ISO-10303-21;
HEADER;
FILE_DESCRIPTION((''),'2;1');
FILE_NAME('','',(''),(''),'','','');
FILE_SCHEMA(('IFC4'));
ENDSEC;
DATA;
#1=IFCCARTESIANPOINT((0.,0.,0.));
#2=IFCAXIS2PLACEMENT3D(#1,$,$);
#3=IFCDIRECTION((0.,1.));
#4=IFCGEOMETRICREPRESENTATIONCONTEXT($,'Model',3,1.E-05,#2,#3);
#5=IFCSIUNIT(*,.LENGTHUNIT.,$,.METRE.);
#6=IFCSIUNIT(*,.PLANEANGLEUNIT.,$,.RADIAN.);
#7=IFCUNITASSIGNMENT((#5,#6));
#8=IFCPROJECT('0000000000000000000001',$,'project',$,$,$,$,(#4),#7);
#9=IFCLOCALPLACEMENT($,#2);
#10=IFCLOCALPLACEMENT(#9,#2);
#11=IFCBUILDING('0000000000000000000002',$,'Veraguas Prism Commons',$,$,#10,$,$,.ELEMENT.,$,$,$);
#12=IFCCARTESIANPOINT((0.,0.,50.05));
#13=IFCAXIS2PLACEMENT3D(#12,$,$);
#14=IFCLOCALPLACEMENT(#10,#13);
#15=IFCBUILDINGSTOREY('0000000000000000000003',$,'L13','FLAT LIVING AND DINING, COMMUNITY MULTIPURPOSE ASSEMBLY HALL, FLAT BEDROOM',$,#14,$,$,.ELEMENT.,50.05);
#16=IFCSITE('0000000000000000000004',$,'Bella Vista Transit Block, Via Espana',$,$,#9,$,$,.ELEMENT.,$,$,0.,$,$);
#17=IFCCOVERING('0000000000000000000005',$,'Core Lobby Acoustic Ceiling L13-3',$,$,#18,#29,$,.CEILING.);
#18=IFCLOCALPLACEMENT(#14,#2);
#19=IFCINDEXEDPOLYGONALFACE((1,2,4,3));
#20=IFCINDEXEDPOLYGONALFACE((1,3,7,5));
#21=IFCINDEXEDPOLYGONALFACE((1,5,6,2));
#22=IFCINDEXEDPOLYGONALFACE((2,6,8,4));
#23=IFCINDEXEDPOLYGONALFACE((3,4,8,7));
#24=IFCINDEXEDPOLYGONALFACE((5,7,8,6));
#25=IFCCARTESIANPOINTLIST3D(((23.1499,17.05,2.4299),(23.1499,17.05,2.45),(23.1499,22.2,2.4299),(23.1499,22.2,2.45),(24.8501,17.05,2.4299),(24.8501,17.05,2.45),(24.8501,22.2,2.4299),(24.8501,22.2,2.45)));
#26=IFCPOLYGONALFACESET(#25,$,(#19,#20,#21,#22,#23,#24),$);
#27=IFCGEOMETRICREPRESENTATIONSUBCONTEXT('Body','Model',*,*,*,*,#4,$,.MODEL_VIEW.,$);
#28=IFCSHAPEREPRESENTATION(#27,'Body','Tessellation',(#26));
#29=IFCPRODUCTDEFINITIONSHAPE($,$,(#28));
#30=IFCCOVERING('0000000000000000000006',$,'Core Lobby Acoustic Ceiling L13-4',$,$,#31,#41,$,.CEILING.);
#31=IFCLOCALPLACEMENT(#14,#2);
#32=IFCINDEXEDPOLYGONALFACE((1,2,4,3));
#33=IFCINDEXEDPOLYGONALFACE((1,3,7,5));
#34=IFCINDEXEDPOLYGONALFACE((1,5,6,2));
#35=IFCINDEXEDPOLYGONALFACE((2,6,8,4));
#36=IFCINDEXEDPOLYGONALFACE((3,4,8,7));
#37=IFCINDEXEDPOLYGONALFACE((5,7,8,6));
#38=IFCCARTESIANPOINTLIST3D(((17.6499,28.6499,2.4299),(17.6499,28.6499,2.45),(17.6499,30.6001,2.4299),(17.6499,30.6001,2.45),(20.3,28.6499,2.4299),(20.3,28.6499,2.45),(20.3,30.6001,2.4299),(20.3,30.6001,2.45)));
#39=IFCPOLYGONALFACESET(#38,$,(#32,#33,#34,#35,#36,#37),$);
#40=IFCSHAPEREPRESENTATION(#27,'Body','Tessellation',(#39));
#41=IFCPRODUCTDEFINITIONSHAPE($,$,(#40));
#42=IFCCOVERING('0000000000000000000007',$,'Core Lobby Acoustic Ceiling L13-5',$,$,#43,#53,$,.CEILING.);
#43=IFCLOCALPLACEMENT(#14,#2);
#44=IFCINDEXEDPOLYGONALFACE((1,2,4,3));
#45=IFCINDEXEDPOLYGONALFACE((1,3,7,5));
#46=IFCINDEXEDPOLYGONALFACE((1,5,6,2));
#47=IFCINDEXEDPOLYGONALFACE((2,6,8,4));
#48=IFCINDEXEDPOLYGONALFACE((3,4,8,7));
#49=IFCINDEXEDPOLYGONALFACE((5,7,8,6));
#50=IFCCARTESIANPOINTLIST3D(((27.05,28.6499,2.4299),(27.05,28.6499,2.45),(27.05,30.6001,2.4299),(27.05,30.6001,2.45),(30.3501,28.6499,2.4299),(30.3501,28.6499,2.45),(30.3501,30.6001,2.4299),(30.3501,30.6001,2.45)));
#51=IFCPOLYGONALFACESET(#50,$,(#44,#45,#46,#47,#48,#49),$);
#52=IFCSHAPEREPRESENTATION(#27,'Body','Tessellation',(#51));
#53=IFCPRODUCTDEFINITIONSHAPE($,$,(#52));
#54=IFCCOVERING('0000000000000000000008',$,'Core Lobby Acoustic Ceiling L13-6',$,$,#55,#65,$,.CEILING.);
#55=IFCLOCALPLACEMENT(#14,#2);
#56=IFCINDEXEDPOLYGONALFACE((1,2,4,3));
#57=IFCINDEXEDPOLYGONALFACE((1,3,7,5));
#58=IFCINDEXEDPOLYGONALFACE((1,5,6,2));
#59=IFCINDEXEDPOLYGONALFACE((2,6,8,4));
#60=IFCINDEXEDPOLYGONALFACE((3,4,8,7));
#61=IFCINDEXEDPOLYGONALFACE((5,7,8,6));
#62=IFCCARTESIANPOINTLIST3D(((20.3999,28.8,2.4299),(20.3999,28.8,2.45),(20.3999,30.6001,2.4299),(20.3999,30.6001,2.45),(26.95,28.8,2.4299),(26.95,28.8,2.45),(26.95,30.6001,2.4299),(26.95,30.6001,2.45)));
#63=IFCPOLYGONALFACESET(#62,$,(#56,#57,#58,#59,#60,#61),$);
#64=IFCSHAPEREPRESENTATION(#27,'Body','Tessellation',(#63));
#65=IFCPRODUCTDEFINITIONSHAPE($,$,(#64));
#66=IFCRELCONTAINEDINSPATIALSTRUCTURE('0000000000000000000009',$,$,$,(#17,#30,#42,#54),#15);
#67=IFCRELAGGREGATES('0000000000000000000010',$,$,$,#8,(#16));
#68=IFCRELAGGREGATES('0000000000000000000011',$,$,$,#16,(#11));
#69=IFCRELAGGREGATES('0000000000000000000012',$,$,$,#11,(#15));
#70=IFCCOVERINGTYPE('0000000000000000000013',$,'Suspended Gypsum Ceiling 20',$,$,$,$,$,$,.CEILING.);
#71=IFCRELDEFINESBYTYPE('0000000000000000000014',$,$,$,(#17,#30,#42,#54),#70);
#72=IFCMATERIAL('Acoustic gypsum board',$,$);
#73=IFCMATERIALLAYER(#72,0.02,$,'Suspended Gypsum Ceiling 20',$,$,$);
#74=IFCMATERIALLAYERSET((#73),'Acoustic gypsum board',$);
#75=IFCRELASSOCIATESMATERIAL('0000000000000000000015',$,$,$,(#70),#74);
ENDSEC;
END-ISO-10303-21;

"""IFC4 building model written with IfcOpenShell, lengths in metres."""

from ifc_helpers import new_model, si_unit, direction, frame, origin, place, context, subcontext, project, spatial, polyline, outline, extrude, material, layer, layer_set, type_object, element, save


model = new_model("IFC4")

# Units and contexts
model_context = context("Model", 3, precision=1e-05, world=origin(), true_north=direction((0.0, 1.0)))
body_context = subcontext(model_context, "Body", "Model", "MODEL_VIEW")
ifc_project = project(units=[si_unit("LENGTHUNIT", "METRE"), si_unit("PLANEANGLEUNIT", "RADIAN")], contexts=[model_context])

# Site, building, storey
site_placement = place(None, origin())
site = spatial("IfcSite", under=ifc_project, at=site_placement, Name="Bella Vista Transit Block, Via Espana", CompositionType="ELEMENT", RefElevation=0.0)
building_placement = place(site_placement, origin())
building = spatial("IfcBuilding", under=site, at=building_placement, Name="Veraguas Prism Commons", CompositionType="ELEMENT")
storey_placement = place(building_placement, frame((0.0, 0.0, 50.05)))
storey = spatial("IfcBuildingStorey", under=building, at=storey_placement, Name="L13", Description="FLAT LIVING AND DINING, COMMUNITY MULTIPURPOSE ASSEMBLY HALL, FLAT BEDROOM", CompositionType="ELEMENT", Elevation=50.05)

# Coverings
ifc_material_1 = material(Name="Acoustic gypsum board")
ifc_layer_1 = layer(ifc_material_1, 0.02, Name="Suspended Gypsum Ceiling 20")
ifc_layer_set_1 = layer_set([ifc_layer_1], Name="Acoustic gypsum board")
covering_type_1 = type_object("IfcCoveringType", Name="Suspended Gypsum Ceiling 20", PredefinedType="CEILING", material=ifc_layer_set_1)
covering_1_placement = place(storey_placement, frame((0.0, 0.0, 2.4299)))
element("IfcCovering", 1, at=covering_1_placement, inside=storey, type_object=covering_type_1, Name="Core Lobby Acoustic Ceiling L13-3", PredefinedType="CEILING", context=body_context, shape_type="SweptSolid", body=[
    extrude(outline(polyline([(23.1499, 17.05), (24.8501, 17.05), (24.8501, 22.2), (23.1499, 22.2), (23.1499, 17.05)])), origin(), (0.0, 0.0, 1.0), 0.02),
])
covering_2_placement = place(storey_placement, frame((0.0, 0.0, 2.4299)))
element("IfcCovering", 2, at=covering_2_placement, inside=storey, type_object=covering_type_1, Name="Core Lobby Acoustic Ceiling L13-4", PredefinedType="CEILING", context=body_context, shape_type="SweptSolid", body=[
    extrude(outline(polyline([(17.6499, 28.6499), (20.3, 28.6499), (20.3, 30.6001), (17.6499, 30.6001), (17.6499, 28.6499)])), origin(), (0.0, 0.0, 1.0), 0.02),
])
covering_3_placement = place(storey_placement, frame((0.0, 0.0, 2.4299)))
element("IfcCovering", 3, at=covering_3_placement, inside=storey, type_object=covering_type_1, Name="Core Lobby Acoustic Ceiling L13-5", PredefinedType="CEILING", context=body_context, shape_type="SweptSolid", body=[
    extrude(outline(polyline([(27.05, 28.6499), (30.3501, 28.6499), (30.3501, 30.6001), (27.05, 30.6001), (27.05, 28.6499)])), origin(), (0.0, 0.0, 1.0), 0.02),
])
covering_4_placement = place(storey_placement, frame((0.0, 0.0, 2.4299)))
element("IfcCovering", 4, at=covering_4_placement, inside=storey, type_object=covering_type_1, Name="Core Lobby Acoustic Ceiling L13-6", PredefinedType="CEILING", context=body_context, shape_type="SweptSolid", body=[
    extrude(outline(polyline([(20.3999, 28.8), (26.95, 28.8), (26.95, 30.6001), (20.3999, 30.6001), (20.3999, 28.8)])), origin(), (0.0, 0.0, 1.0), 0.02),
])

save(model, "model.ifc")
